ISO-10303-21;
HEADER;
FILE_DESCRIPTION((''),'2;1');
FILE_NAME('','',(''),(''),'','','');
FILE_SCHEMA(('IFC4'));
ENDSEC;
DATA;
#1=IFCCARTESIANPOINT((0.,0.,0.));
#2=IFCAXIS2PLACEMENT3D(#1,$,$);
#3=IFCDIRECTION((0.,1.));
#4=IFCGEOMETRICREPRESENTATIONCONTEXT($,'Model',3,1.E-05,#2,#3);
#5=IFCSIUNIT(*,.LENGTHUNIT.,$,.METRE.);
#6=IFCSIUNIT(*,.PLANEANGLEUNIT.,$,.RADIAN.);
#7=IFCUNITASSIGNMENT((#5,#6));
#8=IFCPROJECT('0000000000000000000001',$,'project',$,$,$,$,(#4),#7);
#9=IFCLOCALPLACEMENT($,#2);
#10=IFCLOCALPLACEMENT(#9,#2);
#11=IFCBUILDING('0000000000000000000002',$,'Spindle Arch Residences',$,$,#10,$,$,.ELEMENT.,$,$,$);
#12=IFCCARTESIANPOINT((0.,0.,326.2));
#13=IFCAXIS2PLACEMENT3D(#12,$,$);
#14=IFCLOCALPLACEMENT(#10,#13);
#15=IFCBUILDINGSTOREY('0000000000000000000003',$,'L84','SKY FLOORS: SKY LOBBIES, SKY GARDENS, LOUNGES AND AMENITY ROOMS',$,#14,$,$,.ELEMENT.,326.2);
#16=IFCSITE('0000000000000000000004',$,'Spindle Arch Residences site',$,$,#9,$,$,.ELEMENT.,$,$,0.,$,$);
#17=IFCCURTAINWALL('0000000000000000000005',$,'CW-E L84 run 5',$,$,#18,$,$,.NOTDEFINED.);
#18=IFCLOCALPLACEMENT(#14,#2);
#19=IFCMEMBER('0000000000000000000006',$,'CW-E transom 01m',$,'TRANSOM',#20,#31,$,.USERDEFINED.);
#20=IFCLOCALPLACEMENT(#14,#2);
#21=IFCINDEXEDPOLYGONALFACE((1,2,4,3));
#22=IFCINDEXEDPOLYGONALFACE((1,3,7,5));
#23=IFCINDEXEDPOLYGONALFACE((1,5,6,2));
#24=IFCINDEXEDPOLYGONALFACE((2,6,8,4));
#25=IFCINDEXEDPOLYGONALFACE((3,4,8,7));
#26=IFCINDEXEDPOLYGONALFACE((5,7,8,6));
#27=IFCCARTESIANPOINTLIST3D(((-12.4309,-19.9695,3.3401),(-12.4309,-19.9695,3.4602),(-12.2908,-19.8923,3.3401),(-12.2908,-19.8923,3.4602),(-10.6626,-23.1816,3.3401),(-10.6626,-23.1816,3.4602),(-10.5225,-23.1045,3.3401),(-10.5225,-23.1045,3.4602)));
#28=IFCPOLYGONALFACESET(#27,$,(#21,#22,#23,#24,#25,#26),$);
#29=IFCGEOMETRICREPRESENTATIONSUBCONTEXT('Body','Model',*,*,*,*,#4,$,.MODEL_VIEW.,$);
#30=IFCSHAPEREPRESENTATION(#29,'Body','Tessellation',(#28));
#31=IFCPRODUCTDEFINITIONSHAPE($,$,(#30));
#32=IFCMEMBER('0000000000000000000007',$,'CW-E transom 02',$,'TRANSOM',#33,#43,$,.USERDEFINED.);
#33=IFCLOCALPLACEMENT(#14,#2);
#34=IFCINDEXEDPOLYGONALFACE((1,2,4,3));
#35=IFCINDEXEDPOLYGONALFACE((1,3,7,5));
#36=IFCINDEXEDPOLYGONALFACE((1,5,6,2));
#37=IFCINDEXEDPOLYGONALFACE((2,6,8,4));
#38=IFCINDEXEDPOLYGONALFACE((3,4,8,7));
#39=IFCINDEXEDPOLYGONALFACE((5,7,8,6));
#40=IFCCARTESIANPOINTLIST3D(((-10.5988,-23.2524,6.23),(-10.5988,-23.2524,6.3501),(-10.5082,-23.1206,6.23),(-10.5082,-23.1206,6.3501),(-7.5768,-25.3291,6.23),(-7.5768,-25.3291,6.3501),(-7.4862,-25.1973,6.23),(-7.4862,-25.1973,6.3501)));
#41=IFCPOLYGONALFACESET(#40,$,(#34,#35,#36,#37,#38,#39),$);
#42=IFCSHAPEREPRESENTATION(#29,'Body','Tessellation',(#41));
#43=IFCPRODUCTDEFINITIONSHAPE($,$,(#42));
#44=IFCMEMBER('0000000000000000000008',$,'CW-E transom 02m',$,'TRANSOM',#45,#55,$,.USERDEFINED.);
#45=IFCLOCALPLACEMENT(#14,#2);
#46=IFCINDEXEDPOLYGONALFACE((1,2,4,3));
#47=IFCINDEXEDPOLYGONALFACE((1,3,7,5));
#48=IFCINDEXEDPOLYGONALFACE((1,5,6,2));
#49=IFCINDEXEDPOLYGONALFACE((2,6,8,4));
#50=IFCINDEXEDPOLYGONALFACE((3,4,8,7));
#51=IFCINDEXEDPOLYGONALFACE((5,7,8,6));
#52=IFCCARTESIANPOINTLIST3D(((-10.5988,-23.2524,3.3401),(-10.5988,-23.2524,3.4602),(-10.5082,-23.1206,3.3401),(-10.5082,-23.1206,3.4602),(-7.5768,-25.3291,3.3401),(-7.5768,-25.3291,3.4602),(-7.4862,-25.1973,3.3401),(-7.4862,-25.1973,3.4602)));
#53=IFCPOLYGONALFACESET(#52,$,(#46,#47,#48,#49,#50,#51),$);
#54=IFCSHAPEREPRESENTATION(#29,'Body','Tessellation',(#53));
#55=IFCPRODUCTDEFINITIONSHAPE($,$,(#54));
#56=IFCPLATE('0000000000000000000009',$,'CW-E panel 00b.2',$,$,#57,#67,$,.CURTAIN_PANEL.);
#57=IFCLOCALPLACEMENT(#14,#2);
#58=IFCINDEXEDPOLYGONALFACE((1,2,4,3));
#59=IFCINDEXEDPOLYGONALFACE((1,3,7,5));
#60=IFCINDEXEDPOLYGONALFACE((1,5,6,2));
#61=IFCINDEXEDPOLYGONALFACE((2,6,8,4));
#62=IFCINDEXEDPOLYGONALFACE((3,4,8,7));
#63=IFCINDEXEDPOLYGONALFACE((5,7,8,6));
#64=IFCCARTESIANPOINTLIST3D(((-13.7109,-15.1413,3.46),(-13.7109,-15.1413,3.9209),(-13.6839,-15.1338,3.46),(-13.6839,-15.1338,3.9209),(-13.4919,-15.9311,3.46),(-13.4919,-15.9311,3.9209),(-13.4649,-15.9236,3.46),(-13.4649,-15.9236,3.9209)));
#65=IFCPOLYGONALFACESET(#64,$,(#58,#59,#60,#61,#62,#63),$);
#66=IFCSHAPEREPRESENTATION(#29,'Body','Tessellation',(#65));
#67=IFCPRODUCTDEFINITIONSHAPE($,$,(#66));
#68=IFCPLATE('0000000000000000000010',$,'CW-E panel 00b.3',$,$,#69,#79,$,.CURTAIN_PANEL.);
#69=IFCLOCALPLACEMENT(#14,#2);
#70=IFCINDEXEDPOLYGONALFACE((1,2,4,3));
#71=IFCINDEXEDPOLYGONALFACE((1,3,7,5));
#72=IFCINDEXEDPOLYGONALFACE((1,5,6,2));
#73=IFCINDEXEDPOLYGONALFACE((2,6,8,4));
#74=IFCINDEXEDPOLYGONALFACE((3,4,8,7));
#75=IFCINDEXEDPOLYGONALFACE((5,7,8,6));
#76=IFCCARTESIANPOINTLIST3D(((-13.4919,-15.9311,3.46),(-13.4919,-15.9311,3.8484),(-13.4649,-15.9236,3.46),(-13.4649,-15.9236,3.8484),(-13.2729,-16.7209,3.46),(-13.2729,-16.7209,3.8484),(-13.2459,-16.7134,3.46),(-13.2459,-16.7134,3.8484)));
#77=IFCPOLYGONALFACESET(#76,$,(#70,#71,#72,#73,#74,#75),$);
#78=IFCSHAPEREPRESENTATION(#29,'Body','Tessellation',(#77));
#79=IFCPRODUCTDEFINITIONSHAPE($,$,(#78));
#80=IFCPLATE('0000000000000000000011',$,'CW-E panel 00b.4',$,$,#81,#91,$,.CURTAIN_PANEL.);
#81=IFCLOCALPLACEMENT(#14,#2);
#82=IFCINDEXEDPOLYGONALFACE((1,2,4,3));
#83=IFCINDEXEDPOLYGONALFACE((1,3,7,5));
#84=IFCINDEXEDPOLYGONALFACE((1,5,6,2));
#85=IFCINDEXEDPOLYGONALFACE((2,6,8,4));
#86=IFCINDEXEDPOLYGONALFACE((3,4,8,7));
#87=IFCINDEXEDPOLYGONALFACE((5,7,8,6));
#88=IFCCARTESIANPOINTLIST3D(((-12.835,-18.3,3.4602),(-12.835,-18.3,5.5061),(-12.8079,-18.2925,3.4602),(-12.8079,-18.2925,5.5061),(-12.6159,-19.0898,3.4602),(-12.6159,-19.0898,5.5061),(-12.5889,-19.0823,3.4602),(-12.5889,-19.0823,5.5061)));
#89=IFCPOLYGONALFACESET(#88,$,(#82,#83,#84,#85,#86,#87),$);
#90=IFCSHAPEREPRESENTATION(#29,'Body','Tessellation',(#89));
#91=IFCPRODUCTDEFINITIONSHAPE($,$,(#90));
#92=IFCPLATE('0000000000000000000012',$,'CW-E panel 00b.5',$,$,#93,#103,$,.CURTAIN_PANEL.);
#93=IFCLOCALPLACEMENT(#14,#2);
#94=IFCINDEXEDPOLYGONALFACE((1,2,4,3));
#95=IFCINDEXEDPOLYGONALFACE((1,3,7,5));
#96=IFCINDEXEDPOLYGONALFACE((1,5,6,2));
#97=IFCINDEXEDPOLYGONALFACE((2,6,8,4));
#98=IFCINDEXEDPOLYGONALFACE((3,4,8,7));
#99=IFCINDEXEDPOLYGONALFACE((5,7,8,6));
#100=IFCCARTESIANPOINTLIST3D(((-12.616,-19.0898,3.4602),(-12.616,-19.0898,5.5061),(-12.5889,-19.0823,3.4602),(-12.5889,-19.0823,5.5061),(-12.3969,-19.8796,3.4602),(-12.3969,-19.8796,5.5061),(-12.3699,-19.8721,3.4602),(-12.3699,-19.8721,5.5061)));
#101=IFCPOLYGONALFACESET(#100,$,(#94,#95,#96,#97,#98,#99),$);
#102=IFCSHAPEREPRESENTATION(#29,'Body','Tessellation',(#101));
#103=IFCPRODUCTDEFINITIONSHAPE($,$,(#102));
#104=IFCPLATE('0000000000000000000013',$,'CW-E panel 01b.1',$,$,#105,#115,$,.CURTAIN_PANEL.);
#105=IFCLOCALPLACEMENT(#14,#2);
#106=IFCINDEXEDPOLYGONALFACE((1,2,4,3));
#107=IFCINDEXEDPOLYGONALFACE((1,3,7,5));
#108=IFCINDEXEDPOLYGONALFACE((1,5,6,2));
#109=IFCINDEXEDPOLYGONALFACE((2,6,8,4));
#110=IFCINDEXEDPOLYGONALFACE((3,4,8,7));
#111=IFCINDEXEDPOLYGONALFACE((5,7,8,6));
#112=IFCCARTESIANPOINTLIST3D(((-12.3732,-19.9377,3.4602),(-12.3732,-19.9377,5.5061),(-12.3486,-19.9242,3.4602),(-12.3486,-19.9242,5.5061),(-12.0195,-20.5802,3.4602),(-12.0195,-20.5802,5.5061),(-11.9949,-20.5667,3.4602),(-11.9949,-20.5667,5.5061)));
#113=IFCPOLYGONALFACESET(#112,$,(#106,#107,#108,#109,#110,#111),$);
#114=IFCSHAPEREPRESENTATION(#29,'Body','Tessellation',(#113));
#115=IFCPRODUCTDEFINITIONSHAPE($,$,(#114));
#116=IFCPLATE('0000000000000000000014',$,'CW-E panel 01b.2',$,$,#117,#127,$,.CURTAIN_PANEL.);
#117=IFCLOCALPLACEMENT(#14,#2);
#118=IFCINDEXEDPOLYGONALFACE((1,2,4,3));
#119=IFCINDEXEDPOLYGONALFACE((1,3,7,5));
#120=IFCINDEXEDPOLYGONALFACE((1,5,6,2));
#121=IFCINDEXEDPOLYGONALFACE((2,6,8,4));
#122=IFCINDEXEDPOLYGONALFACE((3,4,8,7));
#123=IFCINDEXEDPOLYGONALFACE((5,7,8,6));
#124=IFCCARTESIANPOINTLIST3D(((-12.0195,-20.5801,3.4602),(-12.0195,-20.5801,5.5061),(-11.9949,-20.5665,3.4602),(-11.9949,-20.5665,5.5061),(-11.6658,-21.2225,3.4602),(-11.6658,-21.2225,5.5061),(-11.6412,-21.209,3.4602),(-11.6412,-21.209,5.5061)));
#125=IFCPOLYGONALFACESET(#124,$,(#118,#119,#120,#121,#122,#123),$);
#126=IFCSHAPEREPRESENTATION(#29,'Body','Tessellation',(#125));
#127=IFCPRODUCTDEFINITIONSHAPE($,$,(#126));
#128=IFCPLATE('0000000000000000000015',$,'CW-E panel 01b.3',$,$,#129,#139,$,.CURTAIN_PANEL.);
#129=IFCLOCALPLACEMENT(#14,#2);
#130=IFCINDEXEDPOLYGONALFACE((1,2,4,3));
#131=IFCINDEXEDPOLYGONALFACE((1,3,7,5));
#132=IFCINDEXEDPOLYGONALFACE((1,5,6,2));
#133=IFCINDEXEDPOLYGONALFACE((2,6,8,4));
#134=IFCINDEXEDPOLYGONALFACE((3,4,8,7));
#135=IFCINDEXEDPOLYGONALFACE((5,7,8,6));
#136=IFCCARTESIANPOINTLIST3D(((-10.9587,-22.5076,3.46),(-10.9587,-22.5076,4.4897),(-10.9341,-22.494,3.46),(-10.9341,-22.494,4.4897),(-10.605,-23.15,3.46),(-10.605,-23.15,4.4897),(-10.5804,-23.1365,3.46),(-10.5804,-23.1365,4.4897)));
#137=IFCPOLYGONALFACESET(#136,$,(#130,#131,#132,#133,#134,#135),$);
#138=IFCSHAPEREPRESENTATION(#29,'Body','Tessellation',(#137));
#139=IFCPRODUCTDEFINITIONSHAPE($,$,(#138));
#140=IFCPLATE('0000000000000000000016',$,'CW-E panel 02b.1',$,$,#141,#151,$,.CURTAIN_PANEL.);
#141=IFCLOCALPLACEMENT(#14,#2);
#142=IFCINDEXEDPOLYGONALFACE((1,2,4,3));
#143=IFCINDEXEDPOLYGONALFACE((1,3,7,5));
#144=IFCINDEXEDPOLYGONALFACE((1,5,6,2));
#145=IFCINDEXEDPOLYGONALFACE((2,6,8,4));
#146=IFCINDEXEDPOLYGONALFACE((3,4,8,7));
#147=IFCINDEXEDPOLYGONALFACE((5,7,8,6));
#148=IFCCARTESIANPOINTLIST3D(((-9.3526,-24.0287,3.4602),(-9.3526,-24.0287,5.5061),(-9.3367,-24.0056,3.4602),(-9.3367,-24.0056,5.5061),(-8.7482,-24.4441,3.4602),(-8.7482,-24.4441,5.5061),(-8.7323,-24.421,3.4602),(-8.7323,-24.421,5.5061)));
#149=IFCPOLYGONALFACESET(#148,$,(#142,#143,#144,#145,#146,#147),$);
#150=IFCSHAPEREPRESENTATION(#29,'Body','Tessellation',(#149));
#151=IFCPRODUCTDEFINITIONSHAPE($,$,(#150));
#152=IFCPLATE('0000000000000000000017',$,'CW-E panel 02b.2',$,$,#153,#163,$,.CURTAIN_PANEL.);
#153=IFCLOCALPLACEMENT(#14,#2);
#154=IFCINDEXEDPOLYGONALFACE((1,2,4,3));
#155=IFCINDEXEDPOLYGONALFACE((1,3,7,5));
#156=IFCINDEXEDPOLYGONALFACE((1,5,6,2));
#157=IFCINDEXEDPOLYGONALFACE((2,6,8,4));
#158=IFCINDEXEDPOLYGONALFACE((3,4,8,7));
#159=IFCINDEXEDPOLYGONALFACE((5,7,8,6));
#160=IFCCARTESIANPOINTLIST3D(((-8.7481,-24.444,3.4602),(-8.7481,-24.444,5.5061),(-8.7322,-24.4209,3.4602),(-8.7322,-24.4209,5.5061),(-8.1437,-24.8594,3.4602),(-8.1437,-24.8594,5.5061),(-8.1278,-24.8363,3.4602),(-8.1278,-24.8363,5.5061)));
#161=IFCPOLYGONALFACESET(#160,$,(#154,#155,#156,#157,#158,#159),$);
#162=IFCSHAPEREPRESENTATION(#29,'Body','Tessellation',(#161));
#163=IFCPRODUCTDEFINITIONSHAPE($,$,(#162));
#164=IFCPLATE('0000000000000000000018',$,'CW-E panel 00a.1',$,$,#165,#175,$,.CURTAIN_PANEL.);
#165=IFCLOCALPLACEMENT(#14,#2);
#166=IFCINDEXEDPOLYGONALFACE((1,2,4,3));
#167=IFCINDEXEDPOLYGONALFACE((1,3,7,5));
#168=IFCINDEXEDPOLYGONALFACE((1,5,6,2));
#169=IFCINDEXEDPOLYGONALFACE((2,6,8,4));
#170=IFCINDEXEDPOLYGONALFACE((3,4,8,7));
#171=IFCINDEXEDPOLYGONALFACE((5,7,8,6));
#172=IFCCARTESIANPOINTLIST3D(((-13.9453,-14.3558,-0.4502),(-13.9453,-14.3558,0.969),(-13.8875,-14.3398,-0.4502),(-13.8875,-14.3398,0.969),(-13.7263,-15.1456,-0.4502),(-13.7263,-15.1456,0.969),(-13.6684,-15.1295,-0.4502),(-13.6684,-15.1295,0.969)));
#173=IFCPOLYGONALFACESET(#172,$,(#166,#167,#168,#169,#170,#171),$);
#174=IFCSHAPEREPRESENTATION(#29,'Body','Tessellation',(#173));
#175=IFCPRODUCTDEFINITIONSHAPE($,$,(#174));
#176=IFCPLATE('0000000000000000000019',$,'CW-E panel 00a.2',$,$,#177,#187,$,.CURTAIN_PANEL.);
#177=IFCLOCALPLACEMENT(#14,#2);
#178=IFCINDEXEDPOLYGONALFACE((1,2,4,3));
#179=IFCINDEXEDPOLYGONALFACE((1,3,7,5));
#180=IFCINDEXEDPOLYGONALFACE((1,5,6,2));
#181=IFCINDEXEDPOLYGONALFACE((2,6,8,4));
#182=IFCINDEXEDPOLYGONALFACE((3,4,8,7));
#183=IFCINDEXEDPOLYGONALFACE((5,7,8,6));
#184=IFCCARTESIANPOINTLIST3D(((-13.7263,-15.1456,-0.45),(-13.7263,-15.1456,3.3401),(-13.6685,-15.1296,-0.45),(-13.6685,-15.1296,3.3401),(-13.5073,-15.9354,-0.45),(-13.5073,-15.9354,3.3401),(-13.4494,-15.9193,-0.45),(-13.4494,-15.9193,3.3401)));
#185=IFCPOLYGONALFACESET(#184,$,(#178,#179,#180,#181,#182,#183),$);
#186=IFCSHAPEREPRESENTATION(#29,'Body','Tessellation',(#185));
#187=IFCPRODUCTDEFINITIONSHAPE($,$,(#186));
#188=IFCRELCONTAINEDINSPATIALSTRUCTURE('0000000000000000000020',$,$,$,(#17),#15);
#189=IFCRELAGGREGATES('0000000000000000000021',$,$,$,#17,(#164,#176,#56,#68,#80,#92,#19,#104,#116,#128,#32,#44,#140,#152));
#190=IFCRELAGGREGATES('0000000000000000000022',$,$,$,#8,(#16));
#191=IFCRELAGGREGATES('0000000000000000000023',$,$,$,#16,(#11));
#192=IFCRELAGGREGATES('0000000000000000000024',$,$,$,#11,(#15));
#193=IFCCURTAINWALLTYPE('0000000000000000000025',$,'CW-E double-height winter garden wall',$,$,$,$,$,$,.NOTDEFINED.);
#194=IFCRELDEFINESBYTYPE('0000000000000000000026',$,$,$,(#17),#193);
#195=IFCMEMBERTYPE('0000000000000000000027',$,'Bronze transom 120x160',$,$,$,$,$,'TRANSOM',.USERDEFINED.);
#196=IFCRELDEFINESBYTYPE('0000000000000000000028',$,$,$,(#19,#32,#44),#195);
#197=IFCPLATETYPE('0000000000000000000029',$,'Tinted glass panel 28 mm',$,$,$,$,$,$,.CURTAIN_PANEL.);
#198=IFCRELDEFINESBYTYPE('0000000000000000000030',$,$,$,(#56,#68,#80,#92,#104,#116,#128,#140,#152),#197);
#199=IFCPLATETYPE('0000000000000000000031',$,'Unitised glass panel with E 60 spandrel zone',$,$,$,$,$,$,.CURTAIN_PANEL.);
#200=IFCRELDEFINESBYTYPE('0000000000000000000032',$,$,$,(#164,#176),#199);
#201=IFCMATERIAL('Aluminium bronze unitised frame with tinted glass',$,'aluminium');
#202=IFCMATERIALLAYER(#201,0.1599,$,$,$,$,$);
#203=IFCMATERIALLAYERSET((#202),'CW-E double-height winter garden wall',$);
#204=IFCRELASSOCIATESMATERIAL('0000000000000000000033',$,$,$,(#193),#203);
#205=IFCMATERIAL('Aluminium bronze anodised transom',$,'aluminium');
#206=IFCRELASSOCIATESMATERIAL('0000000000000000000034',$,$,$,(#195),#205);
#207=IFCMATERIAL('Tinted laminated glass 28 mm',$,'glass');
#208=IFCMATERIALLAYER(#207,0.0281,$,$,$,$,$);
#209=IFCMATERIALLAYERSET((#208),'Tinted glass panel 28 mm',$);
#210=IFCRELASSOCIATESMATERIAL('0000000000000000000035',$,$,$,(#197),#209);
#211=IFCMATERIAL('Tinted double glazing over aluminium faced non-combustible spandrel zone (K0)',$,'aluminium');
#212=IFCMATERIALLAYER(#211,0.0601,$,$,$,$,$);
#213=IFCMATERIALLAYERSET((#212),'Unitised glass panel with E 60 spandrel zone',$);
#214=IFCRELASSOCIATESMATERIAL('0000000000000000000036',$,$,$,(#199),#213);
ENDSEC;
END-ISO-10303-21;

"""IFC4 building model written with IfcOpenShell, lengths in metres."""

from ifc_helpers import new_model, si_unit, direction, frame, origin, origin_2d, place, context, subcontext, project, spatial, rectangle, extrude, material, layer, layer_set, material_profile, profile_set, type_object, element, aggregate, save


model = new_model("IFC4")

# Units and contexts
model_context = context("Model", 3, precision=1e-05, world=origin(), true_north=direction((0.0, 1.0)))
body_context = subcontext(model_context, "Body", "Model", "MODEL_VIEW")
ifc_project = project(units=[si_unit("LENGTHUNIT", "METRE"), si_unit("PLANEANGLEUNIT", "RADIAN")], contexts=[model_context])

# Site, building, storey
site_placement = place(None, origin())
site = spatial("IfcSite", under=ifc_project, at=site_placement, Name="Spindle Arch Residences site", CompositionType="ELEMENT", RefElevation=0.0)
building_placement = place(site_placement, origin())
building = spatial("IfcBuilding", under=site, at=building_placement, Name="Spindle Arch Residences", CompositionType="ELEMENT")
storey_placement = place(building_placement, frame((0.0, 0.0, 326.2)))
storey = spatial("IfcBuildingStorey", under=building, at=storey_placement, Name="L84", Description="SKY FLOORS: SKY LOBBIES, SKY GARDENS, LOUNGES AND AMENITY ROOMS", CompositionType="ELEMENT", Elevation=326.2)

# Curtain wall, members, plates
ifc_material_1 = material(Name="Aluminium bronze unitised frame with tinted glass", Category="aluminium")
ifc_layer_1 = layer(ifc_material_1, 0.1599)
ifc_layer_set_1 = layer_set([ifc_layer_1], Name="CW-E double-height winter garden wall")
curtain_wall_type = type_object("IfcCurtainWallType", Name="CW-E double-height winter garden wall", PredefinedType="NOTDEFINED", material=ifc_layer_set_1)
curtain_wall_placement = place(storey_placement, origin())
curtain_wall = element("IfcCurtainWall", 1, at=curtain_wall_placement, inside=storey, type_object=curtain_wall_type, Name="CW-E L84 run 5", PredefinedType="NOTDEFINED")
ifc_material_2 = material(Name="Aluminium bronze anodised transom", Category="aluminium")
ifc_material_profile_1 = material_profile(ifc_material_2, rectangle(XDim=0.1599, YDim=0.1201, at=origin_2d()), Name="TR 120x160")
ifc_profile_set_1 = profile_set([ifc_material_profile_1], Name="Aluminium bronze anodised transom")
member_type_1 = type_object("IfcMemberType", Name="Bronze transom 120x160", ElementType="TRANSOM", PredefinedType="USERDEFINED", material=ifc_profile_set_1)
member_1_placement = place(storey_placement, frame((-12.3608, -19.9309, 3.4001), z_axis=(0.482259, -0.876029, 0.0), x_axis=(0.876029, 0.482259, 0.0)))
member_1 = element("IfcMember", 2, at=member_1_placement, type_object=member_type_1, Name="CW-E transom 01m", ObjectType="TRANSOM", PredefinedType="USERDEFINED", context=body_context, shape_type="SweptSolid", body=[
    extrude(rectangle(XDim=0.1599, YDim=0.1201, at=origin_2d()), origin(), (0.0, 0.0, 1.0), 3.6667),
])
member_2_placement = place(storey_placement, frame((-10.5535, -23.1865, 6.29), z_axis=(0.824162, -0.566354, 0.0), x_axis=(0.566354, 0.824162, 0.0)))
member_2 = element("IfcMember", 3, at=member_2_placement, type_object=member_type_1, Name="CW-E transom 02", ObjectType="TRANSOM", PredefinedType="USERDEFINED", context=body_context, shape_type="SweptSolid", body=[
    extrude(rectangle(XDim=0.1599, YDim=0.1201, at=origin_2d()), origin(), (0.0, 0.0, 1.0), 3.6667),
])
member_3_placement = place(storey_placement, frame((-10.5535, -23.1865, 3.4001), z_axis=(0.824162, -0.566354, 0.0), x_axis=(0.566354, 0.824162, 0.0)))
member_3 = element("IfcMember", 4, at=member_3_placement, type_object=member_type_1, Name="CW-E transom 02m", ObjectType="TRANSOM", PredefinedType="USERDEFINED", context=body_context, shape_type="SweptSolid", body=[
    extrude(rectangle(XDim=0.1599, YDim=0.1201, at=origin_2d()), origin(), (0.0, 0.0, 1.0), 3.6667),
])
ifc_material_3 = material(Name="Tinted laminated glass 28 mm", Category="glass")
ifc_layer_2 = layer(ifc_material_3, 0.0281)
ifc_layer_set_2 = layer_set([ifc_layer_2], Name="Tinted glass panel 28 mm")
plate_type_1 = type_object("IfcPlateType", Name="Tinted glass panel 28 mm", PredefinedType="CURTAIN_PANEL", material=ifc_layer_set_2)
plate_1_placement = place(storey_placement, frame((-13.5879, -15.5325, 3.46), z_axis=(0.0, 0.0, 1.0), x_axis=(0.267238, -0.96363, 0.0)))
plate_1 = element("IfcPlate", 5, at=plate_1_placement, type_object=plate_type_1, Name="CW-E panel 00b.2", PredefinedType="CURTAIN_PANEL", context=body_context, shape_type="SweptSolid", body=[
    extrude(rectangle(XDim=0.8196, YDim=0.0281, at=origin_2d()), origin(), (0.0, 0.0, 1.0), 0.4609),
])
plate_2_placement = place(storey_placement, frame((-13.3689, -16.3223, 3.46), z_axis=(0.0, 0.0, 1.0), x_axis=(0.267238, -0.96363, 0.0)))
plate_2 = element("IfcPlate", 6, at=plate_2_placement, type_object=plate_type_1, Name="CW-E panel 00b.3", PredefinedType="CURTAIN_PANEL", context=body_context, shape_type="SweptSolid", body=[
    extrude(rectangle(XDim=0.8196, YDim=0.0281, at=origin_2d()), origin(), (0.0, 0.0, 1.0), 0.3884),
])
plate_3_placement = place(storey_placement, frame((-12.7119, -18.6912, 3.4602), z_axis=(0.0, 0.0, 1.0), x_axis=(0.267238, -0.96363, 0.0)))
plate_3 = element("IfcPlate", 7, at=plate_3_placement, type_object=plate_type_1, Name="CW-E panel 00b.4", PredefinedType="CURTAIN_PANEL", context=body_context, shape_type="SweptSolid", body=[
    extrude(rectangle(XDim=0.8196, YDim=0.0281, at=origin_2d()), origin(), (0.0, 0.0, 1.0), 2.0459),
])
plate_4_placement = place(storey_placement, frame((-12.4929, -19.481, 3.4602), z_axis=(0.0, 0.0, 1.0), x_axis=(0.267238, -0.96363, 0.0)))
plate_4 = element("IfcPlate", 8, at=plate_4_placement, type_object=plate_type_1, Name="CW-E panel 00b.5", PredefinedType="CURTAIN_PANEL", context=body_context, shape_type="SweptSolid", body=[
    extrude(rectangle(XDim=0.8196, YDim=0.0281, at=origin_2d()), origin(), (0.0, 0.0, 1.0), 2.0459),
])
plate_5_placement = place(storey_placement, frame((-12.1841, -20.2522, 3.4602), z_axis=(0.0, 0.0, 1.0), x_axis=(0.482263, -0.876026, 0.0)))
plate_5 = element("IfcPlate", 9, at=plate_5_placement, type_object=plate_type_1, Name="CW-E panel 01b.1", PredefinedType="CURTAIN_PANEL", context=body_context, shape_type="SweptSolid", body=[
    extrude(rectangle(XDim=0.7334, YDim=0.0281, at=origin_2d()), origin(), (0.0, 0.0, 1.0), 2.0459),
])
plate_6_placement = place(storey_placement, frame((-11.8303, -20.8945, 3.4602), z_axis=(0.0, 0.0, 1.0), x_axis=(0.482263, -0.876026, 0.0)))
plate_6 = element("IfcPlate", 10, at=plate_6_placement, type_object=plate_type_1, Name="CW-E panel 01b.2", PredefinedType="CURTAIN_PANEL", context=body_context, shape_type="SweptSolid", body=[
    extrude(rectangle(XDim=0.7334, YDim=0.0281, at=origin_2d()), origin(), (0.0, 0.0, 1.0), 2.0459),
])
plate_7_placement = place(storey_placement, frame((-10.7695, -22.822, 3.46), z_axis=(0.0, 0.0, 1.0), x_axis=(0.482263, -0.876026, 0.0)))
plate_7 = element("IfcPlate", 11, at=plate_7_placement, type_object=plate_type_1, Name="CW-E panel 01b.3", PredefinedType="CURTAIN_PANEL", context=body_context, shape_type="SweptSolid", body=[
    extrude(rectangle(XDim=0.7334, YDim=0.0281, at=origin_2d()), origin(), (0.0, 0.0, 1.0), 1.0298),
])
plate_8_placement = place(storey_placement, frame((-9.0425, -24.2249, 3.4602), z_axis=(0.0, 0.0, 1.0), x_axis=(0.824126, -0.566406, 0.0)))
plate_8 = element("IfcPlate", 12, at=plate_8_placement, type_object=plate_type_1, Name="CW-E panel 02b.1", PredefinedType="CURTAIN_PANEL", context=body_context, shape_type="SweptSolid", body=[
    extrude(rectangle(XDim=0.7334, YDim=0.0281, at=origin_2d()), origin(), (0.0, 0.0, 1.0), 2.0459),
])
plate_9_placement = place(storey_placement, frame((-8.438, -24.6401, 3.4602), z_axis=(0.0, 0.0, 1.0), x_axis=(0.824126, -0.566406, 0.0)))
plate_9 = element("IfcPlate", 13, at=plate_9_placement, type_object=plate_type_1, Name="CW-E panel 02b.2", PredefinedType="CURTAIN_PANEL", context=body_context, shape_type="SweptSolid", body=[
    extrude(rectangle(XDim=0.7334, YDim=0.0281, at=origin_2d()), origin(), (0.0, 0.0, 1.0), 2.0459),
])
ifc_material_4 = material(Name="Tinted double glazing over aluminium faced non-combustible spandrel zone (K0)", Category="aluminium")
ifc_layer_3 = layer(ifc_material_4, 0.0601)
ifc_layer_set_3 = layer_set([ifc_layer_3], Name="Unitised glass panel with E 60 spandrel zone")
plate_type_2 = type_object("IfcPlateType", Name="Unitised glass panel with E 60 spandrel zone", PredefinedType="CURTAIN_PANEL", material=ifc_layer_set_3)
plate_10_placement = place(storey_placement, frame((-13.8069, -14.7427, -0.4502), z_axis=(0.0, 0.0, 1.0), x_axis=(0.267238, -0.96363, 0.0)))
plate_10 = element("IfcPlate", 14, at=plate_10_placement, type_object=plate_type_2, Name="CW-E panel 00a.1", PredefinedType="CURTAIN_PANEL", context=body_context, shape_type="SweptSolid", body=[
    extrude(rectangle(XDim=0.8196, YDim=0.0601, at=origin_2d()), origin(), (0.0, 0.0, 1.0), 1.4192),
])
plate_11_placement = place(storey_placement, frame((-13.5879, -15.5325, -0.45), z_axis=(0.0, 0.0, 1.0), x_axis=(0.267238, -0.96363, 0.0)))
plate_11 = element("IfcPlate", 15, at=plate_11_placement, type_object=plate_type_2, Name="CW-E panel 00a.2", PredefinedType="CURTAIN_PANEL", context=body_context, shape_type="SweptSolid", body=[
    extrude(rectangle(XDim=0.8196, YDim=0.0601, at=origin_2d()), origin(), (0.0, 0.0, 1.0), 3.79),
])
aggregate(curtain_wall, [plate_10, plate_11, plate_1, plate_2, plate_3, plate_4, member_1, plate_5, plate_6, plate_7, member_2, member_3, plate_8, plate_9])

save(model, "model.ifc")
